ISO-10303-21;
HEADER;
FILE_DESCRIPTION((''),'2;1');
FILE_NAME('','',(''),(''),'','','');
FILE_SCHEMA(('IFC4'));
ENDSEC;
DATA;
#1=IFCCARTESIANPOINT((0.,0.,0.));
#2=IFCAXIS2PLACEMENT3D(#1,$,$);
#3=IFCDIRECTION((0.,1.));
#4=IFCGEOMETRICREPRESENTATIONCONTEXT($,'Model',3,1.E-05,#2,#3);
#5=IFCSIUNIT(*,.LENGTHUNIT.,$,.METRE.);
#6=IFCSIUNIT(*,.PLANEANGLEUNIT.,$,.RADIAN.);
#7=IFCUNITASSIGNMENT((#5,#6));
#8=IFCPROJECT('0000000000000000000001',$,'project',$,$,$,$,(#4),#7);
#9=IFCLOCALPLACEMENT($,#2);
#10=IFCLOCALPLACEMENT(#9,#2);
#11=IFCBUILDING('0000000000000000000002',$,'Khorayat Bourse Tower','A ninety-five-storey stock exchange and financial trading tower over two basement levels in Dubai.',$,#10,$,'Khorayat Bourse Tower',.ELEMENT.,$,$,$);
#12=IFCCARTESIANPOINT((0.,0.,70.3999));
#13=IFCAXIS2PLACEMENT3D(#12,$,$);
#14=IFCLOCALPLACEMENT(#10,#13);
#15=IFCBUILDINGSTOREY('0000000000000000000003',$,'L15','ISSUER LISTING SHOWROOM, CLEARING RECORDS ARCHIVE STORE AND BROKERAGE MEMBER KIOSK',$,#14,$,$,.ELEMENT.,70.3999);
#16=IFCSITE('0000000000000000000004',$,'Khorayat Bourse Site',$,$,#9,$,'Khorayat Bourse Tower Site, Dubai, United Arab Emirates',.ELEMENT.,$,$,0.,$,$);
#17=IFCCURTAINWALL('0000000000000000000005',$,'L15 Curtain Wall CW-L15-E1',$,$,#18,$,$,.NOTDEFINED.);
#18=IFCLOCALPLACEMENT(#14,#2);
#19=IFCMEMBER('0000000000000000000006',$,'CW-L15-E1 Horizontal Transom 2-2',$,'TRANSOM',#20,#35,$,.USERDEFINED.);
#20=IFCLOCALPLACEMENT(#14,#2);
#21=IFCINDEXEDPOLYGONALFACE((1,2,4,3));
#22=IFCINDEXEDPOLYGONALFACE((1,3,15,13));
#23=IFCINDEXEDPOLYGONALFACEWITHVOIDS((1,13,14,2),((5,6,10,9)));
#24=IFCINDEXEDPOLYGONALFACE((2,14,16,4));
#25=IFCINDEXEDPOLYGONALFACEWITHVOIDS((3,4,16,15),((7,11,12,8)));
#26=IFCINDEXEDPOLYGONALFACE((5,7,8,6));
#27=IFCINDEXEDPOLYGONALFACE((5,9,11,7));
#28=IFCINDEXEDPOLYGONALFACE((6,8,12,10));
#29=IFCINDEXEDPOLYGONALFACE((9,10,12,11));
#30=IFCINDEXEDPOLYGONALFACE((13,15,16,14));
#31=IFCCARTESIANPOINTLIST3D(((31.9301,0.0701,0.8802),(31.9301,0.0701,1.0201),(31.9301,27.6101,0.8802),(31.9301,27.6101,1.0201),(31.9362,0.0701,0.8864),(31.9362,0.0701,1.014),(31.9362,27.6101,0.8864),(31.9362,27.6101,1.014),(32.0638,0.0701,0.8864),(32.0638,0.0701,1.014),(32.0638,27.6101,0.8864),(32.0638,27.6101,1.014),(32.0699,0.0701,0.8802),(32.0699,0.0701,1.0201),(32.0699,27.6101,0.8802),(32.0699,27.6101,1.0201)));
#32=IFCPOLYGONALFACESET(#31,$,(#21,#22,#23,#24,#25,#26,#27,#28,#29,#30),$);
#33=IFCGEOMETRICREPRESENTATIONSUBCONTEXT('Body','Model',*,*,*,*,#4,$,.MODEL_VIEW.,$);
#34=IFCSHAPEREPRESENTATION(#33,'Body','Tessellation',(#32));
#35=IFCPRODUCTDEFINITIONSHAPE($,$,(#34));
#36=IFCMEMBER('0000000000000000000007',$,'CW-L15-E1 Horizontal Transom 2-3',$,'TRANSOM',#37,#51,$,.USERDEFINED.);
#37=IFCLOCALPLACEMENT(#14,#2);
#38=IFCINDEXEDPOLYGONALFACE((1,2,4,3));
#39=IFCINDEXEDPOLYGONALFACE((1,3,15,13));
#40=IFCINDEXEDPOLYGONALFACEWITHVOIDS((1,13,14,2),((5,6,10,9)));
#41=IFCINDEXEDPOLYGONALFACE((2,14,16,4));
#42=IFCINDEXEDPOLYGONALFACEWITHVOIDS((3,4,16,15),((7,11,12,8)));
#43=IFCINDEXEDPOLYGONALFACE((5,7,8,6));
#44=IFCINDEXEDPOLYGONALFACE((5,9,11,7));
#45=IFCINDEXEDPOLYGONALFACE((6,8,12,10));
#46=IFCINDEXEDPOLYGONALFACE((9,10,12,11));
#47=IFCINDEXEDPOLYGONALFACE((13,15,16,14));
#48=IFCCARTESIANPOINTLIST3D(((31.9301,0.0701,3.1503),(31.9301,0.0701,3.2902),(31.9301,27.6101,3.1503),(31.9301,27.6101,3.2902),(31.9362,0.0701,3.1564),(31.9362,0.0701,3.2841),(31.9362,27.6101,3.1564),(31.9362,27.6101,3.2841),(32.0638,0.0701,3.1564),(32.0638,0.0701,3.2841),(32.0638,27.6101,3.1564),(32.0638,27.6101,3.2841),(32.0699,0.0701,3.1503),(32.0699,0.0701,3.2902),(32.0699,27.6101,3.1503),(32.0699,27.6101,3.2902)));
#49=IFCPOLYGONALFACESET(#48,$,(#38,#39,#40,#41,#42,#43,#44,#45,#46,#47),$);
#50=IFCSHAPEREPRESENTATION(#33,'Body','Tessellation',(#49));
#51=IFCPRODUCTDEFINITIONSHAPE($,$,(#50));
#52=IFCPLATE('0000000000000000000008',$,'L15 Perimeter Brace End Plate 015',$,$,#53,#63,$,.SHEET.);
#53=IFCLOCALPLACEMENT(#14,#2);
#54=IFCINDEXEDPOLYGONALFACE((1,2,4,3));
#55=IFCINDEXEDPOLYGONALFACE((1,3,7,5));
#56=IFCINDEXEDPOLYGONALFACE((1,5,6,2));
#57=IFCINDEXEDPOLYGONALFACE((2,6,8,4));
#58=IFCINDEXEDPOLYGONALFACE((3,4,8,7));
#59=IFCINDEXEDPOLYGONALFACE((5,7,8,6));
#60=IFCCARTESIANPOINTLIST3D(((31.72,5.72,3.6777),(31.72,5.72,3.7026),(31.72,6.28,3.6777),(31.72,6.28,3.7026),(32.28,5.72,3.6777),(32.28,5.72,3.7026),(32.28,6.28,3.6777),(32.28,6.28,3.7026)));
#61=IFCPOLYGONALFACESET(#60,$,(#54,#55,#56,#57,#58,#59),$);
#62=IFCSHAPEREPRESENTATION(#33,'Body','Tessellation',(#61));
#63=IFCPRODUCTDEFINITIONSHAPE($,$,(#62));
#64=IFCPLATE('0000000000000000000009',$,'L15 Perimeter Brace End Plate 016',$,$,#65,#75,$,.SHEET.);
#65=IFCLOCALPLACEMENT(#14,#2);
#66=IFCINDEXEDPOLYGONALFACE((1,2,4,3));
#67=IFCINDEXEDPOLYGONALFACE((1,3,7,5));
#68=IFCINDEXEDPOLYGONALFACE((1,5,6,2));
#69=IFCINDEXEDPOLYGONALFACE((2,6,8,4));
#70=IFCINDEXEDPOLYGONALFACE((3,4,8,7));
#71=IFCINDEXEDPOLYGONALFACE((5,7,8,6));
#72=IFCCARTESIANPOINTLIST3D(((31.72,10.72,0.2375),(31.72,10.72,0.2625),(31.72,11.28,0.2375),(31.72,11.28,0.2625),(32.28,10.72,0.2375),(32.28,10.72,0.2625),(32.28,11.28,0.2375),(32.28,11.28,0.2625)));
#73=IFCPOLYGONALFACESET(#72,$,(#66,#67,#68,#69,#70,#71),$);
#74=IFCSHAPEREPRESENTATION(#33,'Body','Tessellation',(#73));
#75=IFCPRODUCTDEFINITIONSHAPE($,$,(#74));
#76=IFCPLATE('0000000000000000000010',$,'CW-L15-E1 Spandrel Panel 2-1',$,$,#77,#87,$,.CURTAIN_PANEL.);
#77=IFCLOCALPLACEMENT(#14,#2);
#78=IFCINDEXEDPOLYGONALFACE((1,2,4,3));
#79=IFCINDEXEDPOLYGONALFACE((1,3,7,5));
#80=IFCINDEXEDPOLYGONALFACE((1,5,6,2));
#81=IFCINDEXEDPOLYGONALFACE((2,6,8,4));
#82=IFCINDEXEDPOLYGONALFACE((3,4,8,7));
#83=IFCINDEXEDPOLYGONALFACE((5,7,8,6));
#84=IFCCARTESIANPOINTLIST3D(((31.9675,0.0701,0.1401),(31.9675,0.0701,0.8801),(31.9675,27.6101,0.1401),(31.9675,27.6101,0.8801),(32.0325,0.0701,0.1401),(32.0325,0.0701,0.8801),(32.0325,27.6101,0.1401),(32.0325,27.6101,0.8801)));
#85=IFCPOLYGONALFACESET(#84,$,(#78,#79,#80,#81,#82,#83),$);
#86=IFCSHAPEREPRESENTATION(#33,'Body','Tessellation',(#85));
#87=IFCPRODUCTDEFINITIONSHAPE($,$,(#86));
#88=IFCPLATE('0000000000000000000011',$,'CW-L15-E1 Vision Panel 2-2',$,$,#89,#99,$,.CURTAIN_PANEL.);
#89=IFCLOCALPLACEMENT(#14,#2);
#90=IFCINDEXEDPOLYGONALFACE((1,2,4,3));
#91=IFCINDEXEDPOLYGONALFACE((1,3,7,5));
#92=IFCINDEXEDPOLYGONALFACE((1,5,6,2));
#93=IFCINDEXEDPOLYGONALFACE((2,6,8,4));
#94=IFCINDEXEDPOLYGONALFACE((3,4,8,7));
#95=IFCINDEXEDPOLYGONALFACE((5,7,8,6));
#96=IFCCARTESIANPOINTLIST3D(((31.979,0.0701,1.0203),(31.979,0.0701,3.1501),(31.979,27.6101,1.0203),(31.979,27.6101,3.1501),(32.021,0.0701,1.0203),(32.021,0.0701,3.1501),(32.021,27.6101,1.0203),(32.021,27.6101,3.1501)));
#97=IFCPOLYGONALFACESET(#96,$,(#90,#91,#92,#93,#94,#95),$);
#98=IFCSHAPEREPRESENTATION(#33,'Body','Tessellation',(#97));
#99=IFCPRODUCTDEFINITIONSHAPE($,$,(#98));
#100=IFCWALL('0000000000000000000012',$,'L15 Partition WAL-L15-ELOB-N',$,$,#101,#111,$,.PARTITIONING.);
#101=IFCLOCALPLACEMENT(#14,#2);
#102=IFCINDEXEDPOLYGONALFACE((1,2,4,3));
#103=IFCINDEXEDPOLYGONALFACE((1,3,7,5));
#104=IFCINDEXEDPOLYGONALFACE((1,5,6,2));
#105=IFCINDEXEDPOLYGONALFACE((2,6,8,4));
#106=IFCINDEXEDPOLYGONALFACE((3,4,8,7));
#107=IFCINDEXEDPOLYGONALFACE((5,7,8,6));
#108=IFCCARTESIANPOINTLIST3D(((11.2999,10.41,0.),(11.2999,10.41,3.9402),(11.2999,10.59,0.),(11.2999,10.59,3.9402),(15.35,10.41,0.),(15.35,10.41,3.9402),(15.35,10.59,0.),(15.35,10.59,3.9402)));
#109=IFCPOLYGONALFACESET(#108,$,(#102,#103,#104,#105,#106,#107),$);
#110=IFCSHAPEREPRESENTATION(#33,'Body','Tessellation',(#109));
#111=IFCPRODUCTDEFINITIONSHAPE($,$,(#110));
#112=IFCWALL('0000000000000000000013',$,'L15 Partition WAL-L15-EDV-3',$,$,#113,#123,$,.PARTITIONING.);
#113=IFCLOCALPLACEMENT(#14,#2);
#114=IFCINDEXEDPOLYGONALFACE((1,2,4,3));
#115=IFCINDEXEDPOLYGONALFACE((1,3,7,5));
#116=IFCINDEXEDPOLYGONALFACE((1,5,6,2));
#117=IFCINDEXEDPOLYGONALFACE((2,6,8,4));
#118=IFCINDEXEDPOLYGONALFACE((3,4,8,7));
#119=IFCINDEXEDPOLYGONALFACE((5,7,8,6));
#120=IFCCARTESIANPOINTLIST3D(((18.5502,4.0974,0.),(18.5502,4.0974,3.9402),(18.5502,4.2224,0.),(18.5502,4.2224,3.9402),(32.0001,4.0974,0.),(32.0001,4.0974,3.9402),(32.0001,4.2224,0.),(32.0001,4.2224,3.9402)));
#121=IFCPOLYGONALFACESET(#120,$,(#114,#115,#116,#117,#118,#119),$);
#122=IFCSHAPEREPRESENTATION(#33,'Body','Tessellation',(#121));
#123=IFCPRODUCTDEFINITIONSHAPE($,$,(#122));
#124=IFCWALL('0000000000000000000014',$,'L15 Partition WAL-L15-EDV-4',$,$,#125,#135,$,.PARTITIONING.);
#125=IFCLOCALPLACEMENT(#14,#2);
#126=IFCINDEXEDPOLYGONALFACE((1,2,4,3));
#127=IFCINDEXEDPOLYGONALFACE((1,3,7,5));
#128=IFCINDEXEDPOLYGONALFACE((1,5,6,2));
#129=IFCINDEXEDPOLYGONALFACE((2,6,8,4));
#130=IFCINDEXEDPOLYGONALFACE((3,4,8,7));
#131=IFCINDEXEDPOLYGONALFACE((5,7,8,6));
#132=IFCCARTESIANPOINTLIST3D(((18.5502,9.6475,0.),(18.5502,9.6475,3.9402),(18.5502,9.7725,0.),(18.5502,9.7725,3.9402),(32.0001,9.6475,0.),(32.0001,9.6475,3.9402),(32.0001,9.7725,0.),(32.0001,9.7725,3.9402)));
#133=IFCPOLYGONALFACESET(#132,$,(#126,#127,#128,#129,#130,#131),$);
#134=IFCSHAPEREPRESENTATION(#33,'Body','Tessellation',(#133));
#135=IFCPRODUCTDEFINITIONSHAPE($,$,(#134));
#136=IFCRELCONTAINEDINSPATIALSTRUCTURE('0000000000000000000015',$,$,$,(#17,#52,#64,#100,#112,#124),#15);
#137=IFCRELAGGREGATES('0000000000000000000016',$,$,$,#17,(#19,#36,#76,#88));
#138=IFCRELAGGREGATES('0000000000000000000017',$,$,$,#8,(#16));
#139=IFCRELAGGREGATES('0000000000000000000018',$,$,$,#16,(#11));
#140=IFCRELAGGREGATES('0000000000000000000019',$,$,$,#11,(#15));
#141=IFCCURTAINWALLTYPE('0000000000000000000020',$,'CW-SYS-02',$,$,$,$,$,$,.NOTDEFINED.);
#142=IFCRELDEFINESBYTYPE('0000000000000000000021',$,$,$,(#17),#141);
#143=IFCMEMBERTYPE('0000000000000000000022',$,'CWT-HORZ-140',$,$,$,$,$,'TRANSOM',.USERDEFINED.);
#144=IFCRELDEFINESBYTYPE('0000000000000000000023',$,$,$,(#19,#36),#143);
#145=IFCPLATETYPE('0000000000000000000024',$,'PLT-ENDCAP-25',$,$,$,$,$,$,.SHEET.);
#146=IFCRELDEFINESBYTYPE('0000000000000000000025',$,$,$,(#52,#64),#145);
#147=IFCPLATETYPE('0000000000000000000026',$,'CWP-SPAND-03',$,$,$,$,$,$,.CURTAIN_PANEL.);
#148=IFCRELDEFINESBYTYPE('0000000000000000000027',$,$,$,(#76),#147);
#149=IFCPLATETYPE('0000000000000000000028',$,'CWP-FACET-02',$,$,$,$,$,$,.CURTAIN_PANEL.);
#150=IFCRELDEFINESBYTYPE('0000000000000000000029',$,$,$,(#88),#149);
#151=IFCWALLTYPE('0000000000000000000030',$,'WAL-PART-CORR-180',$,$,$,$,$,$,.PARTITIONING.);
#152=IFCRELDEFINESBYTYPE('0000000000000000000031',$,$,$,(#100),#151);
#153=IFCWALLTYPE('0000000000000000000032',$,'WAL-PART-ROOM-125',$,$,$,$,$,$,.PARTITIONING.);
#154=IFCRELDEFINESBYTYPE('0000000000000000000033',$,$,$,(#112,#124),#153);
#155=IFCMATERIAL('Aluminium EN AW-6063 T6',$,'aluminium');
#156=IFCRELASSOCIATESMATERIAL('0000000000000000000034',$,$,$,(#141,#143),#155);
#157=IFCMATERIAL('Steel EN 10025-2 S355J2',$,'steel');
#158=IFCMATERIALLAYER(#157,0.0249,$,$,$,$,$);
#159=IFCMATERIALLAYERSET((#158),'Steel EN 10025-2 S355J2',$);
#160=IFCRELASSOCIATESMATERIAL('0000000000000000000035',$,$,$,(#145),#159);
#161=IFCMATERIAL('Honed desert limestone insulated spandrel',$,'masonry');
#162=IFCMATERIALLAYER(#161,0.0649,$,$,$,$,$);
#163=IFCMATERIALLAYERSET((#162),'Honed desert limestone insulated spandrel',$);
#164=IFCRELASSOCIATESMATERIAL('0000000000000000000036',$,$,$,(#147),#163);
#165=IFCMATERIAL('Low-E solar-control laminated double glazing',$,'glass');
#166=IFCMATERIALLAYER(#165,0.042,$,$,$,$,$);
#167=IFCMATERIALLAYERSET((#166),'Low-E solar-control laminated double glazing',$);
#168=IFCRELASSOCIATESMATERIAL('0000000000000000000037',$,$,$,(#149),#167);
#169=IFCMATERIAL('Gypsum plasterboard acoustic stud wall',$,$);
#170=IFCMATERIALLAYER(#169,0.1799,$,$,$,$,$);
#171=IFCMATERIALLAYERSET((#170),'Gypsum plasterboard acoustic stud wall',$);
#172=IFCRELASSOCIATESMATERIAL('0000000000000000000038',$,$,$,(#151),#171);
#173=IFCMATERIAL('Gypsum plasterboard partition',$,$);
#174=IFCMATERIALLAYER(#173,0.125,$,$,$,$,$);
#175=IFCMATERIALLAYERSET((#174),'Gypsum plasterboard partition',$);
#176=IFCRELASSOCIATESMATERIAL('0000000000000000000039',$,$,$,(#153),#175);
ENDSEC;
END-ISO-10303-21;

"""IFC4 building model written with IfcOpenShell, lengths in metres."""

from ifc_helpers import new_model, si_unit, direction, frame, frame_2d, origin, origin_2d, place, context, subcontext, project, spatial, rectangle, hollow_rectangle, extrude, source, transform, mapped, material, layer, layer_set, material_profile, profile_set, type_object, element, aggregate, save


model = new_model("IFC4")

# Units and contexts
model_context = context("Model", 3, precision=1e-05, world=origin(), true_north=direction((0.0, 1.0)))
body_context = subcontext(model_context, "Body", "Model", "MODEL_VIEW")
ifc_project = project(units=[si_unit("LENGTHUNIT", "METRE"), si_unit("PLANEANGLEUNIT", "RADIAN")], contexts=[model_context])

# Site, building, storey
site_placement = place(None, origin())
site = spatial("IfcSite", under=ifc_project, at=site_placement, Name="Khorayat Bourse Site", LongName="Khorayat Bourse Tower Site, Dubai, United Arab Emirates", CompositionType="ELEMENT", RefElevation=0.0)
building_placement = place(site_placement, origin())
building = spatial("IfcBuilding", under=site, at=building_placement, Name="Khorayat Bourse Tower", Description="A ninety-five-storey stock exchange and financial trading tower over two basement levels in Dubai.", LongName="Khorayat Bourse Tower", CompositionType="ELEMENT")
storey_placement = place(building_placement, frame((0.0, 0.0, 70.3999)))
storey = spatial("IfcBuildingStorey", under=building, at=storey_placement, Name="L15", Description="ISSUER LISTING SHOWROOM, CLEARING RECORDS ARCHIVE STORE AND BROKERAGE MEMBER KIOSK", CompositionType="ELEMENT", Elevation=70.3999)

# Curtain wall, members
ifc_material_1 = material(Name="Aluminium EN AW-6063 T6", Category="aluminium")
curtain_wall_type = type_object("IfcCurtainWallType", Name="CW-SYS-02", PredefinedType="NOTDEFINED", material=ifc_material_1)
curtain_wall_placement = place(storey_placement, origin())
curtain_wall = element("IfcCurtainWall", 1, at=curtain_wall_placement, inside=storey, type_object=curtain_wall_type, Name="L15 Curtain Wall CW-L15-E1", PredefinedType="NOTDEFINED")
ifc_material_profile_1 = material_profile(ifc_material_1, hollow_rectangle(XDim=0.1399, YDim=0.1399, WallThickness=0.0061, at=origin_2d()), Name="ALU 140x140x6")
ifc_profile_set_1 = profile_set([ifc_material_profile_1], Name="Aluminium EN AW-6063 T6")
member_type_1 = type_object("IfcMemberType", Name="CWT-HORZ-140", ElementType="TRANSOM", PredefinedType="USERDEFINED", material=ifc_profile_set_1)
shared_shape_1 = source(origin(), body_context, "Body", "SweptSolid", [
    extrude(hollow_rectangle(XDim=0.1399, YDim=0.1399, WallThickness=0.0061, at=origin_2d()), origin(), (0.0, 0.0, 1.0), 27.54),
])
member_1_placement = place(storey_placement, frame((32.0, 0.0701, 0.9502), z_axis=(0.0, 1.0, 0.0), x_axis=(-1.0, 0.0, 0.0)))
member_1 = element("IfcMember", 2, at=member_1_placement, type_object=member_type_1, Name="CW-L15-E1 Horizontal Transom 2-2", ObjectType="TRANSOM", PredefinedType="USERDEFINED", context=body_context, shape_type="MappedRepresentation", body=[
    mapped(shared_shape_1, transform((0.0, 0.0, 0.0), scale=1.0)),
])
member_2_placement = place(storey_placement, frame((32.0, 0.0701, 3.2202), z_axis=(0.0, 1.0, 0.0), x_axis=(-1.0, 0.0, 0.0)))
member_2 = element("IfcMember", 3, at=member_2_placement, type_object=member_type_1, Name="CW-L15-E1 Horizontal Transom 2-3", ObjectType="TRANSOM", PredefinedType="USERDEFINED", context=body_context, shape_type="MappedRepresentation", body=[
    mapped(shared_shape_1, transform((0.0, 0.0, 0.0), scale=1.0)),
])

# Plates
ifc_material_2 = material(Name="Steel EN 10025-2 S355J2", Category="steel")
ifc_layer_1 = layer(ifc_material_2, 0.0249)
ifc_layer_set_1 = layer_set([ifc_layer_1], Name="Steel EN 10025-2 S355J2")
plate_type_1 = type_object("IfcPlateType", Name="PLT-ENDCAP-25", PredefinedType="SHEET", material=ifc_layer_set_1)
shared_shape_2 = source(origin(), body_context, "Body", "SweptSolid", [
    extrude(rectangle(XDim=0.5601, YDim=0.5601, at=origin_2d()), origin(), (0.0, 0.0, 1.0), 0.0249),
])
for number, where, z_axis, x_axis, name in (
    (4, (32.0, 6.0, 3.6777), (0.0, 0.0, 1.0), (1.0, 0.0, 0.0), "L15 Perimeter Brace End Plate 015"),
    (5, (32.0, 11.0, 0.2375), (0.0, 0.0, 1.0), (1.0, 0.0, 0.0), "L15 Perimeter Brace End Plate 016"),
):
    element("IfcPlate", number, at=place(storey_placement, frame(where, z_axis=z_axis, x_axis=x_axis)), inside=storey, type_object=plate_type_1, Name=name, PredefinedType="SHEET", context=body_context, shape_type="MappedRepresentation", body=[
        mapped(shared_shape_2, transform((0.0, 0.0, 0.0), scale=1.0)),
    ])

# Plates
ifc_material_3 = material(Name="Honed desert limestone insulated spandrel", Category="masonry")
ifc_layer_2 = layer(ifc_material_3, 0.0649)
ifc_layer_set_2 = layer_set([ifc_layer_2], Name="Honed desert limestone insulated spandrel")
plate_type_2 = type_object("IfcPlateType", Name="CWP-SPAND-03", PredefinedType="CURTAIN_PANEL", material=ifc_layer_set_2)
shared_shape_3 = source(origin(), body_context, "Body", "SweptSolid", [
    extrude(rectangle(XDim=27.54, YDim=0.0649, at=origin_2d()), origin(), (0.0, 0.0, 1.0), 0.74),
])
plate_1_placement = place(storey_placement, frame((32.0, 13.8401, 0.1401), z_axis=(0.0, 0.0, 1.0), x_axis=(0.0, 1.0, 0.0)))
plate_1 = element("IfcPlate", 6, at=plate_1_placement, type_object=plate_type_2, Name="CW-L15-E1 Spandrel Panel 2-1", PredefinedType="CURTAIN_PANEL", context=body_context, shape_type="MappedRepresentation", body=[
    mapped(shared_shape_3, transform((0.0, 0.0, 0.0), scale=1.0)),
])
ifc_material_4 = material(Name="Low-E solar-control laminated double glazing", Category="glass")
ifc_layer_3 = layer(ifc_material_4, 0.042)
ifc_layer_set_3 = layer_set([ifc_layer_3], Name="Low-E solar-control laminated double glazing")
plate_type_3 = type_object("IfcPlateType", Name="CWP-FACET-02", PredefinedType="CURTAIN_PANEL", material=ifc_layer_set_3)
shared_shape_4 = source(origin(), body_context, "Body", "SweptSolid", [
    extrude(rectangle(XDim=27.54, YDim=0.042, at=origin_2d()), origin(), (0.0, 0.0, 1.0), 2.1299),
])
plate_2_placement = place(storey_placement, frame((32.0, 13.8401, 1.0203), z_axis=(0.0, 0.0, 1.0), x_axis=(0.0, 1.0, 0.0)))
plate_2 = element("IfcPlate", 7, at=plate_2_placement, type_object=plate_type_3, Name="CW-L15-E1 Vision Panel 2-2", PredefinedType="CURTAIN_PANEL", context=body_context, shape_type="MappedRepresentation", body=[
    mapped(shared_shape_4, transform((0.0, 0.0, 0.0), scale=1.0)),
])
aggregate(curtain_wall, [member_1, member_2, plate_1, plate_2])

# Walls
ifc_material_5 = material(Name="Gypsum plasterboard acoustic stud wall")
ifc_layer_4 = layer(ifc_material_5, 0.1799)
ifc_layer_set_4 = layer_set([ifc_layer_4], Name="Gypsum plasterboard acoustic stud wall")
wall_type_1 = type_object("IfcWallType", Name="WAL-PART-CORR-180", PredefinedType="PARTITIONING", material=ifc_layer_set_4)
shared_shape_5 = source(origin(), body_context, "Body", "SweptSolid", [
    extrude(rectangle(XDim=4.05, YDim=0.1799, at=frame_2d((2.0249, 0.0))), origin(), (0.0, 0.0, 1.0), 3.9402),
])
wall_placement = place(storey_placement, frame((11.3, 10.5, 0.0), z_axis=(0.0, 0.0, 1.0), x_axis=(1.0, 0.0, 0.0)))
element("IfcWall", 8, at=wall_placement, inside=storey, type_object=wall_type_1, Name="L15 Partition WAL-L15-ELOB-N", PredefinedType="PARTITIONING", context=body_context, shape_type="MappedRepresentation", body=[
    mapped(shared_shape_5, transform((0.0, 0.0, 0.0), scale=1.0)),
])
ifc_material_6 = material(Name="Gypsum plasterboard partition")
ifc_layer_5 = layer(ifc_material_6, 0.125)
ifc_layer_set_5 = layer_set([ifc_layer_5], Name="Gypsum plasterboard partition")
wall_type_2 = type_object("IfcWallType", Name="WAL-PART-ROOM-125", PredefinedType="PARTITIONING", material=ifc_layer_set_5)
shared_shape_6 = source(origin(), body_context, "Body", "SweptSolid", [
    extrude(rectangle(XDim=13.45, YDim=0.125, at=frame_2d((6.7251, 0.0))), origin(), (0.0, 0.0, 1.0), 3.9402),
])
for number, where, z_axis, x_axis, name in (
    (9, (18.55, 4.1599, 0.0), (0.0, 0.0, 1.0), (1.0, 0.0, 0.0), "L15 Partition WAL-L15-EDV-3"),
    (10, (18.55, 9.71, 0.0), (0.0, 0.0, 1.0), (1.0, 0.0, 0.0), "L15 Partition WAL-L15-EDV-4"),
):
    element("IfcWall", number, at=place(storey_placement, frame(where, z_axis=z_axis, x_axis=x_axis)), inside=storey, type_object=wall_type_2, Name=name, PredefinedType="PARTITIONING", context=body_context, shape_type="MappedRepresentation", body=[
        mapped(shared_shape_6, transform((0.0, 0.0, 0.0), scale=1.0)),
    ])

save(model, "model.ifc")
